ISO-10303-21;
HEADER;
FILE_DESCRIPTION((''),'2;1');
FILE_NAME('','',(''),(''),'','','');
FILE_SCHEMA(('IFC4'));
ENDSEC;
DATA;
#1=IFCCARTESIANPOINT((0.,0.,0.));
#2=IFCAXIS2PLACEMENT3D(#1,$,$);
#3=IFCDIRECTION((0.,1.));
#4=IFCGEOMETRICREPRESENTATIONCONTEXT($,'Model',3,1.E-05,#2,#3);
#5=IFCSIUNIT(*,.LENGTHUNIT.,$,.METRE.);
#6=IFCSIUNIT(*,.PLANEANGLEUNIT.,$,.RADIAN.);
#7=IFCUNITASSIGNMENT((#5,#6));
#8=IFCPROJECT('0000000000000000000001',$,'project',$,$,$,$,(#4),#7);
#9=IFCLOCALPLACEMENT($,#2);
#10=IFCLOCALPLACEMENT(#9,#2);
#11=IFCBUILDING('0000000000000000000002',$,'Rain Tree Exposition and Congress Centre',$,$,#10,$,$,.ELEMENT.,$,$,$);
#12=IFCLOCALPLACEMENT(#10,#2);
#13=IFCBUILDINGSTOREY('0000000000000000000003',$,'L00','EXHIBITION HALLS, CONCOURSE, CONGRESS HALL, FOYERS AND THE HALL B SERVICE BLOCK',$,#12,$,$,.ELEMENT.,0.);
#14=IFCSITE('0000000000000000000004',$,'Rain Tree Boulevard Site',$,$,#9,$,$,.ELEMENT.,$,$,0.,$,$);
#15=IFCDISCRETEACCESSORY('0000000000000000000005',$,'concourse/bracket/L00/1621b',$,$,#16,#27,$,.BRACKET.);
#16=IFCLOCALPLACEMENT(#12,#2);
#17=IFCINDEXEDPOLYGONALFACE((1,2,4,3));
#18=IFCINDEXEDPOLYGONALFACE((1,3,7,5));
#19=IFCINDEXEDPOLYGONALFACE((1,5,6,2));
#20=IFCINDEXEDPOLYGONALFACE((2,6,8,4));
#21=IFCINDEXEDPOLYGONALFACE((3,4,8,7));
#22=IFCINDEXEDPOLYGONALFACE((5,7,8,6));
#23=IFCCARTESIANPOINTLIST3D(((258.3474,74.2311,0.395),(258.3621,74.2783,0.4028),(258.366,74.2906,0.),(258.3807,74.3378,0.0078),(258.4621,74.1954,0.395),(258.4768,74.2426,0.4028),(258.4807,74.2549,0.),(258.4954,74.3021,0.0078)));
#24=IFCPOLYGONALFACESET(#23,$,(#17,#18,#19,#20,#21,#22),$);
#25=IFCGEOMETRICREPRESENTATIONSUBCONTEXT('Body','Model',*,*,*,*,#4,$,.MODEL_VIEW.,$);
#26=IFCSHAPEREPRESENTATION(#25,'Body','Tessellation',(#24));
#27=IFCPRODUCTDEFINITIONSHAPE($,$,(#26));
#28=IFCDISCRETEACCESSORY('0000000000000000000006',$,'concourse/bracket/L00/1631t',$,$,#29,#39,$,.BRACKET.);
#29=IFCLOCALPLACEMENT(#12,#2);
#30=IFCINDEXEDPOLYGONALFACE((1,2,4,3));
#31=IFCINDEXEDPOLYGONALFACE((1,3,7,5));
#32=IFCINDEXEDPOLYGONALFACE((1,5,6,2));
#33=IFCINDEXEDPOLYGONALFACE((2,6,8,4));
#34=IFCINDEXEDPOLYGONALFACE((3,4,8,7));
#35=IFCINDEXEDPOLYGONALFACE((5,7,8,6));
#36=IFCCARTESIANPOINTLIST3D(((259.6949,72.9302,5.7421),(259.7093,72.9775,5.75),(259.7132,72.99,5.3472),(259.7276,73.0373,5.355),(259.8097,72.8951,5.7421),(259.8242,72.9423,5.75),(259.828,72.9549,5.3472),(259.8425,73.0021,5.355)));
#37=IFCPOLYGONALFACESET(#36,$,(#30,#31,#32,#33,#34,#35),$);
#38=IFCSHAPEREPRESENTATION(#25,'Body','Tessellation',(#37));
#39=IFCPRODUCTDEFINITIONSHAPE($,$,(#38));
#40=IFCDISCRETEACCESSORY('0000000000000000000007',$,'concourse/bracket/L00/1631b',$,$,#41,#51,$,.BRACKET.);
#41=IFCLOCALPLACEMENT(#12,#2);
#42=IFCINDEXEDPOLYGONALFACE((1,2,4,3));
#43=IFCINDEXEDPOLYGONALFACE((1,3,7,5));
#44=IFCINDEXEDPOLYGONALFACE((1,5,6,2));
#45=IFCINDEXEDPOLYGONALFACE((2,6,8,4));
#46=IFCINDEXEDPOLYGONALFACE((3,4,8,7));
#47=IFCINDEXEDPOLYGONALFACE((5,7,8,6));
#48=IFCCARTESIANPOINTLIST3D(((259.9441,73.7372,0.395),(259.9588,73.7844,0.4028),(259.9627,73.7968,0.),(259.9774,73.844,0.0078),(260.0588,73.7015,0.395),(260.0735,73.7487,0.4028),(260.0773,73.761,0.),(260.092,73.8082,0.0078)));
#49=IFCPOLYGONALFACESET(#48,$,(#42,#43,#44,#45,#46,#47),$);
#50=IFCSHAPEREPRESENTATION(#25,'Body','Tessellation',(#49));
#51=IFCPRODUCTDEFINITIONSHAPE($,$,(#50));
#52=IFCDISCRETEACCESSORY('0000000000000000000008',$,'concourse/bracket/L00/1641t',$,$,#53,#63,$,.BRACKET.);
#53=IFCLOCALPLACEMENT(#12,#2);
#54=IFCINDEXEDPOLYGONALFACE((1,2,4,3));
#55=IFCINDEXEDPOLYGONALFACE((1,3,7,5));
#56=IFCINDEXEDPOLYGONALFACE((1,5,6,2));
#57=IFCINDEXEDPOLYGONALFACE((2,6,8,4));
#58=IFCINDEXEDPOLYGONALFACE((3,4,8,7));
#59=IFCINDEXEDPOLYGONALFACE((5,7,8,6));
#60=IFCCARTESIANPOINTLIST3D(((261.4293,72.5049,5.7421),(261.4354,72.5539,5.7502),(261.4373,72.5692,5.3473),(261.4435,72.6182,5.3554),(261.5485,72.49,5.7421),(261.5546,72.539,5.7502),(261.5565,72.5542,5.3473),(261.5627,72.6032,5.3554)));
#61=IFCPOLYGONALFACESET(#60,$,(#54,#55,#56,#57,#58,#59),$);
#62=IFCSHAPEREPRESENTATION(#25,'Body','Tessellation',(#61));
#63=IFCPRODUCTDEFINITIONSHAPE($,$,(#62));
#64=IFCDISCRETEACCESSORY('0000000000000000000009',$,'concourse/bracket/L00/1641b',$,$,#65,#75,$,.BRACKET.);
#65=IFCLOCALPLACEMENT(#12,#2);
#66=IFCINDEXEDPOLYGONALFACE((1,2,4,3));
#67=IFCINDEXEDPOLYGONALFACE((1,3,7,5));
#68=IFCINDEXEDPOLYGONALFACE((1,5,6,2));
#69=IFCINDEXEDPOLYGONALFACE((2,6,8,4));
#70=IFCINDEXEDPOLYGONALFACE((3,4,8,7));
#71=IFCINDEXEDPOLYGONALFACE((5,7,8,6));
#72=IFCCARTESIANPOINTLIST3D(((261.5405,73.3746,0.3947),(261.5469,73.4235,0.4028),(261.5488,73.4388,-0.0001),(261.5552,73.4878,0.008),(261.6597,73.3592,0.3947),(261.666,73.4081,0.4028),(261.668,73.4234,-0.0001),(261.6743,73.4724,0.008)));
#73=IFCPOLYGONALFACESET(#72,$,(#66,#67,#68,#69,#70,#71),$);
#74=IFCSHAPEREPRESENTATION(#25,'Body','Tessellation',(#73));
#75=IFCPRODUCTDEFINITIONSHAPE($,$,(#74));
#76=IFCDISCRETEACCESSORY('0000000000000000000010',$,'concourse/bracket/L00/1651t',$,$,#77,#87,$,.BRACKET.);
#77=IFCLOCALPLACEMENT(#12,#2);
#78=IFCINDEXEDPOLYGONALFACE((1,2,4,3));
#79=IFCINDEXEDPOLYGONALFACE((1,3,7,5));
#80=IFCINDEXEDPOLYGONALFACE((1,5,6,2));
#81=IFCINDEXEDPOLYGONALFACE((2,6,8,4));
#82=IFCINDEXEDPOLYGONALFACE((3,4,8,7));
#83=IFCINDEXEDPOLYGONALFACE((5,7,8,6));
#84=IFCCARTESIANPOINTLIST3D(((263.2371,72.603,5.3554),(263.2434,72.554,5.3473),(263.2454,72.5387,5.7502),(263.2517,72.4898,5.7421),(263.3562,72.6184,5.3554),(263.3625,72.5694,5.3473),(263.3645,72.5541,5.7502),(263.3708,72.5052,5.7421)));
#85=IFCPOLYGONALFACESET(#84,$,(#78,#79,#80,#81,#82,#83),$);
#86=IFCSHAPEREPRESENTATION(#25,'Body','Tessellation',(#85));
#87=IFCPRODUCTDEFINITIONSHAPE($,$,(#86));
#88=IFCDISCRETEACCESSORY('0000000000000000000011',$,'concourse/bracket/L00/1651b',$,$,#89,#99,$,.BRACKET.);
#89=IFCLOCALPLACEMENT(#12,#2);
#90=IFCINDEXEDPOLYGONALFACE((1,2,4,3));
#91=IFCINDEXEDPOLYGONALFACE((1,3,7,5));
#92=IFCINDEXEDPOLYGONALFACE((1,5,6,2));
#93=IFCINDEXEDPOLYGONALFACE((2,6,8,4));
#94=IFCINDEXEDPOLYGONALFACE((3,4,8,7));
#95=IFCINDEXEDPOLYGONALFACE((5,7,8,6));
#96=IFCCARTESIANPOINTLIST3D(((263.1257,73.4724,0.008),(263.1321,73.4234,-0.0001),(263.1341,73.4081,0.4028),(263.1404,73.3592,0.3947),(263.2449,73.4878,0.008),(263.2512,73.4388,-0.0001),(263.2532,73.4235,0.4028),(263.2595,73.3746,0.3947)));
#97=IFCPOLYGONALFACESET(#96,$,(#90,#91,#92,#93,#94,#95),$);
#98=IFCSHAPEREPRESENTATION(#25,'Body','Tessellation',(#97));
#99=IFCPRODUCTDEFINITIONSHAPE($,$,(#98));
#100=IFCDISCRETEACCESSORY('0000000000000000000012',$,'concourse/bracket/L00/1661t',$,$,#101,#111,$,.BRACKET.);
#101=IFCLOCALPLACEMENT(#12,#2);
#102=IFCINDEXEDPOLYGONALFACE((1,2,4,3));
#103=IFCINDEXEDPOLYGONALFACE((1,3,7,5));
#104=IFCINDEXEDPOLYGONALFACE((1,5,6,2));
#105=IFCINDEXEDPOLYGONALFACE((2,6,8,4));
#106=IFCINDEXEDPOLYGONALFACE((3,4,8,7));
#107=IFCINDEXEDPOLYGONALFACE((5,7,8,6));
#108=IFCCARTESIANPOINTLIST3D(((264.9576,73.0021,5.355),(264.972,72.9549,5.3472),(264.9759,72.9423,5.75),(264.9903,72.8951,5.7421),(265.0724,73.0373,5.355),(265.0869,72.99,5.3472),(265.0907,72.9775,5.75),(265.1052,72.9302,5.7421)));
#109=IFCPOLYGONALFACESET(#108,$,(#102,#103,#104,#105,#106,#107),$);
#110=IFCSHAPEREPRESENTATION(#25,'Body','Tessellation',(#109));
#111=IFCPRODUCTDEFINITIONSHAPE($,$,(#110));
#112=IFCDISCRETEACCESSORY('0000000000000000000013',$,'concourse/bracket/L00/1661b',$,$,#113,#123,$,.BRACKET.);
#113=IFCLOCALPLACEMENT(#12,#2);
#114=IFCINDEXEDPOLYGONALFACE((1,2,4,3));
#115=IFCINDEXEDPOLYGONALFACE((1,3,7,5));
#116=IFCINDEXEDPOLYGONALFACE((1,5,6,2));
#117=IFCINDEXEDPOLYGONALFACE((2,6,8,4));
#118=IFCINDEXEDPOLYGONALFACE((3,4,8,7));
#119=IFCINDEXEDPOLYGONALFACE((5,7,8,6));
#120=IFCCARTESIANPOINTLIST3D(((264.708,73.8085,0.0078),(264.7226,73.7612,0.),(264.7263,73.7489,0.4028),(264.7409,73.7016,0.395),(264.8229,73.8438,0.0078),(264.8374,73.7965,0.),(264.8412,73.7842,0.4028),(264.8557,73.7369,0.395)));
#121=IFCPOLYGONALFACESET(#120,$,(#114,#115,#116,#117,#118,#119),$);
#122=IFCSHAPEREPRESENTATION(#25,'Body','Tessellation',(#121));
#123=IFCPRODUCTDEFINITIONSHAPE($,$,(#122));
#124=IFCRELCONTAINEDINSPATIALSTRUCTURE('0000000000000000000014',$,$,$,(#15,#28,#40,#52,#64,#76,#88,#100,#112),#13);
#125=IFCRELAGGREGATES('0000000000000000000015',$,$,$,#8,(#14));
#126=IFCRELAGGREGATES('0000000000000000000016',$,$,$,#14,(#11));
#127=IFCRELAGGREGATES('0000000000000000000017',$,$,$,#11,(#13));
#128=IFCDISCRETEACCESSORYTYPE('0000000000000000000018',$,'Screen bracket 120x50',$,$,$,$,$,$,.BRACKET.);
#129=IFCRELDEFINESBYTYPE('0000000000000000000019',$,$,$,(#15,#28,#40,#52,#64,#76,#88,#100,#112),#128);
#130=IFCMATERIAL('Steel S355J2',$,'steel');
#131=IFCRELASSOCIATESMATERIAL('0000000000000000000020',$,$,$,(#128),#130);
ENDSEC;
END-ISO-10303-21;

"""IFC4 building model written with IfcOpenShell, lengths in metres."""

from ifc_helpers import new_model, si_unit, direction, frame, origin, origin_2d, place, context, subcontext, project, spatial, rectangle, extrude, material, material_profile, profile_set, type_object, element, save


model = new_model("IFC4")

# Units and contexts
model_context = context("Model", 3, precision=1e-05, world=origin(), true_north=direction((0.0, 1.0)))
body_context = subcontext(model_context, "Body", "Model", "MODEL_VIEW")
ifc_project = project(units=[si_unit("LENGTHUNIT", "METRE"), si_unit("PLANEANGLEUNIT", "RADIAN")], contexts=[model_context])

# Site, building, storey
site_placement = place(None, origin())
site = spatial("IfcSite", under=ifc_project, at=site_placement, Name="Rain Tree Boulevard Site", CompositionType="ELEMENT", RefElevation=0.0)
building_placement = place(site_placement, origin())
building = spatial("IfcBuilding", under=site, at=building_placement, Name="Rain Tree Exposition and Congress Centre", CompositionType="ELEMENT")
storey_placement = place(building_placement, origin())
storey = spatial("IfcBuildingStorey", under=building, at=storey_placement, Name="L00", Description="EXHIBITION HALLS, CONCOURSE, CONGRESS HALL, FOYERS AND THE HALL B SERVICE BLOCK", CompositionType="ELEMENT", Elevation=0.0)

# Discrete accessories
ifc_material_1 = material(Name="Steel S355J2", Category="steel")
ifc_material_profile_1 = material_profile(ifc_material_1, rectangle(XDim=0.1201, YDim=0.05, at=origin_2d()), Name="Flat bar 120x50")
ifc_profile_set_1 = profile_set([ifc_material_profile_1], Name="Steel S355J2")
discrete_accessory_type = type_object("IfcDiscreteAccessoryType", Name="Screen bracket 120x50", PredefinedType="BRACKET", material=ifc_profile_set_1)
for number, where, z_axis, x_axis, name in (
    (1, (258.4307, 74.2964, 0.0039), (-0.046396, -0.148957, 0.987755), (0.954758, -0.297384, 0.0), "concourse/bracket/L00/1621b"),
    (2, (259.7778, 72.9961, 5.3511), (-0.045783, -0.149558, 0.987692), (0.9562, -0.292714, 0.0), "concourse/bracket/L00/1631t"),
    (3, (260.0273, 73.8025, 0.0039), (-0.046396, -0.148957, 0.987755), (0.954758, -0.297384, 0.0), "concourse/bracket/L00/1631b"),
):
    element("IfcDiscreteAccessory", number, at=place(storey_placement, frame(where, z_axis=z_axis, x_axis=x_axis)), inside=storey, type_object=discrete_accessory_type, Name=name, PredefinedType="BRACKET", context=body_context, shape_type="SweptSolid", body=[
        extrude(rectangle(XDim=0.1201, YDim=0.05, at=origin_2d()), origin(), (0.0, 0.0, 1.0), 0.3999),
    ])
for number, where, z_axis, x_axis, name in (
    (4, (261.5, 72.5862, 5.3513), (-0.020139, -0.160505, 0.98683), (0.99222, -0.124499, 0.0), "concourse/bracket/L00/1641t"),
    (5, (261.6116, 73.4556, 0.0039), (-0.020749, -0.160503, 0.986817), (0.991747, -0.128211, 0.0), "concourse/bracket/L00/1641b"),
    (6, (263.2998, 72.5862, 5.3513), (0.020749, -0.160503, 0.986817), (0.991747, 0.128211, 0.0), "concourse/bracket/L00/1651t"),
    (7, (263.1885, 73.4556, 0.0039), (0.020749, -0.160503, 0.986817), (0.991747, 0.128211, 0.0), "concourse/bracket/L00/1651b"),
):
    element("IfcDiscreteAccessory", number, at=place(storey_placement, frame(where, z_axis=z_axis, x_axis=x_axis)), inside=storey, type_object=discrete_accessory_type, Name=name, PredefinedType="BRACKET", context=body_context, shape_type="SweptSolid", body=[
        extrude(rectangle(XDim=0.1201, YDim=0.05, at=origin_2d()), origin(), (0.0, 0.0, 1.0), 0.4001),
    ])
for number, where, z_axis, x_axis, name in (
    (8, (265.0222, 72.9961, 5.3511), (0.045783, -0.149558, 0.987692), (0.9562, 0.292714, 0.0), "concourse/bracket/L00/1661t"),
    (9, (264.7727, 73.8025, 0.0039), (0.045787, -0.148961, 0.987782), (0.955864, 0.293811, 0.0), "concourse/bracket/L00/1661b"),
):
    element("IfcDiscreteAccessory", number, at=place(storey_placement, frame(where, z_axis=z_axis, x_axis=x_axis)), inside=storey, type_object=discrete_accessory_type, Name=name, PredefinedType="BRACKET", context=body_context, shape_type="SweptSolid", body=[
        extrude(rectangle(XDim=0.1201, YDim=0.05, at=origin_2d()), origin(), (0.0, 0.0, 1.0), 0.3999),
    ])

save(model, "model.ifc")
